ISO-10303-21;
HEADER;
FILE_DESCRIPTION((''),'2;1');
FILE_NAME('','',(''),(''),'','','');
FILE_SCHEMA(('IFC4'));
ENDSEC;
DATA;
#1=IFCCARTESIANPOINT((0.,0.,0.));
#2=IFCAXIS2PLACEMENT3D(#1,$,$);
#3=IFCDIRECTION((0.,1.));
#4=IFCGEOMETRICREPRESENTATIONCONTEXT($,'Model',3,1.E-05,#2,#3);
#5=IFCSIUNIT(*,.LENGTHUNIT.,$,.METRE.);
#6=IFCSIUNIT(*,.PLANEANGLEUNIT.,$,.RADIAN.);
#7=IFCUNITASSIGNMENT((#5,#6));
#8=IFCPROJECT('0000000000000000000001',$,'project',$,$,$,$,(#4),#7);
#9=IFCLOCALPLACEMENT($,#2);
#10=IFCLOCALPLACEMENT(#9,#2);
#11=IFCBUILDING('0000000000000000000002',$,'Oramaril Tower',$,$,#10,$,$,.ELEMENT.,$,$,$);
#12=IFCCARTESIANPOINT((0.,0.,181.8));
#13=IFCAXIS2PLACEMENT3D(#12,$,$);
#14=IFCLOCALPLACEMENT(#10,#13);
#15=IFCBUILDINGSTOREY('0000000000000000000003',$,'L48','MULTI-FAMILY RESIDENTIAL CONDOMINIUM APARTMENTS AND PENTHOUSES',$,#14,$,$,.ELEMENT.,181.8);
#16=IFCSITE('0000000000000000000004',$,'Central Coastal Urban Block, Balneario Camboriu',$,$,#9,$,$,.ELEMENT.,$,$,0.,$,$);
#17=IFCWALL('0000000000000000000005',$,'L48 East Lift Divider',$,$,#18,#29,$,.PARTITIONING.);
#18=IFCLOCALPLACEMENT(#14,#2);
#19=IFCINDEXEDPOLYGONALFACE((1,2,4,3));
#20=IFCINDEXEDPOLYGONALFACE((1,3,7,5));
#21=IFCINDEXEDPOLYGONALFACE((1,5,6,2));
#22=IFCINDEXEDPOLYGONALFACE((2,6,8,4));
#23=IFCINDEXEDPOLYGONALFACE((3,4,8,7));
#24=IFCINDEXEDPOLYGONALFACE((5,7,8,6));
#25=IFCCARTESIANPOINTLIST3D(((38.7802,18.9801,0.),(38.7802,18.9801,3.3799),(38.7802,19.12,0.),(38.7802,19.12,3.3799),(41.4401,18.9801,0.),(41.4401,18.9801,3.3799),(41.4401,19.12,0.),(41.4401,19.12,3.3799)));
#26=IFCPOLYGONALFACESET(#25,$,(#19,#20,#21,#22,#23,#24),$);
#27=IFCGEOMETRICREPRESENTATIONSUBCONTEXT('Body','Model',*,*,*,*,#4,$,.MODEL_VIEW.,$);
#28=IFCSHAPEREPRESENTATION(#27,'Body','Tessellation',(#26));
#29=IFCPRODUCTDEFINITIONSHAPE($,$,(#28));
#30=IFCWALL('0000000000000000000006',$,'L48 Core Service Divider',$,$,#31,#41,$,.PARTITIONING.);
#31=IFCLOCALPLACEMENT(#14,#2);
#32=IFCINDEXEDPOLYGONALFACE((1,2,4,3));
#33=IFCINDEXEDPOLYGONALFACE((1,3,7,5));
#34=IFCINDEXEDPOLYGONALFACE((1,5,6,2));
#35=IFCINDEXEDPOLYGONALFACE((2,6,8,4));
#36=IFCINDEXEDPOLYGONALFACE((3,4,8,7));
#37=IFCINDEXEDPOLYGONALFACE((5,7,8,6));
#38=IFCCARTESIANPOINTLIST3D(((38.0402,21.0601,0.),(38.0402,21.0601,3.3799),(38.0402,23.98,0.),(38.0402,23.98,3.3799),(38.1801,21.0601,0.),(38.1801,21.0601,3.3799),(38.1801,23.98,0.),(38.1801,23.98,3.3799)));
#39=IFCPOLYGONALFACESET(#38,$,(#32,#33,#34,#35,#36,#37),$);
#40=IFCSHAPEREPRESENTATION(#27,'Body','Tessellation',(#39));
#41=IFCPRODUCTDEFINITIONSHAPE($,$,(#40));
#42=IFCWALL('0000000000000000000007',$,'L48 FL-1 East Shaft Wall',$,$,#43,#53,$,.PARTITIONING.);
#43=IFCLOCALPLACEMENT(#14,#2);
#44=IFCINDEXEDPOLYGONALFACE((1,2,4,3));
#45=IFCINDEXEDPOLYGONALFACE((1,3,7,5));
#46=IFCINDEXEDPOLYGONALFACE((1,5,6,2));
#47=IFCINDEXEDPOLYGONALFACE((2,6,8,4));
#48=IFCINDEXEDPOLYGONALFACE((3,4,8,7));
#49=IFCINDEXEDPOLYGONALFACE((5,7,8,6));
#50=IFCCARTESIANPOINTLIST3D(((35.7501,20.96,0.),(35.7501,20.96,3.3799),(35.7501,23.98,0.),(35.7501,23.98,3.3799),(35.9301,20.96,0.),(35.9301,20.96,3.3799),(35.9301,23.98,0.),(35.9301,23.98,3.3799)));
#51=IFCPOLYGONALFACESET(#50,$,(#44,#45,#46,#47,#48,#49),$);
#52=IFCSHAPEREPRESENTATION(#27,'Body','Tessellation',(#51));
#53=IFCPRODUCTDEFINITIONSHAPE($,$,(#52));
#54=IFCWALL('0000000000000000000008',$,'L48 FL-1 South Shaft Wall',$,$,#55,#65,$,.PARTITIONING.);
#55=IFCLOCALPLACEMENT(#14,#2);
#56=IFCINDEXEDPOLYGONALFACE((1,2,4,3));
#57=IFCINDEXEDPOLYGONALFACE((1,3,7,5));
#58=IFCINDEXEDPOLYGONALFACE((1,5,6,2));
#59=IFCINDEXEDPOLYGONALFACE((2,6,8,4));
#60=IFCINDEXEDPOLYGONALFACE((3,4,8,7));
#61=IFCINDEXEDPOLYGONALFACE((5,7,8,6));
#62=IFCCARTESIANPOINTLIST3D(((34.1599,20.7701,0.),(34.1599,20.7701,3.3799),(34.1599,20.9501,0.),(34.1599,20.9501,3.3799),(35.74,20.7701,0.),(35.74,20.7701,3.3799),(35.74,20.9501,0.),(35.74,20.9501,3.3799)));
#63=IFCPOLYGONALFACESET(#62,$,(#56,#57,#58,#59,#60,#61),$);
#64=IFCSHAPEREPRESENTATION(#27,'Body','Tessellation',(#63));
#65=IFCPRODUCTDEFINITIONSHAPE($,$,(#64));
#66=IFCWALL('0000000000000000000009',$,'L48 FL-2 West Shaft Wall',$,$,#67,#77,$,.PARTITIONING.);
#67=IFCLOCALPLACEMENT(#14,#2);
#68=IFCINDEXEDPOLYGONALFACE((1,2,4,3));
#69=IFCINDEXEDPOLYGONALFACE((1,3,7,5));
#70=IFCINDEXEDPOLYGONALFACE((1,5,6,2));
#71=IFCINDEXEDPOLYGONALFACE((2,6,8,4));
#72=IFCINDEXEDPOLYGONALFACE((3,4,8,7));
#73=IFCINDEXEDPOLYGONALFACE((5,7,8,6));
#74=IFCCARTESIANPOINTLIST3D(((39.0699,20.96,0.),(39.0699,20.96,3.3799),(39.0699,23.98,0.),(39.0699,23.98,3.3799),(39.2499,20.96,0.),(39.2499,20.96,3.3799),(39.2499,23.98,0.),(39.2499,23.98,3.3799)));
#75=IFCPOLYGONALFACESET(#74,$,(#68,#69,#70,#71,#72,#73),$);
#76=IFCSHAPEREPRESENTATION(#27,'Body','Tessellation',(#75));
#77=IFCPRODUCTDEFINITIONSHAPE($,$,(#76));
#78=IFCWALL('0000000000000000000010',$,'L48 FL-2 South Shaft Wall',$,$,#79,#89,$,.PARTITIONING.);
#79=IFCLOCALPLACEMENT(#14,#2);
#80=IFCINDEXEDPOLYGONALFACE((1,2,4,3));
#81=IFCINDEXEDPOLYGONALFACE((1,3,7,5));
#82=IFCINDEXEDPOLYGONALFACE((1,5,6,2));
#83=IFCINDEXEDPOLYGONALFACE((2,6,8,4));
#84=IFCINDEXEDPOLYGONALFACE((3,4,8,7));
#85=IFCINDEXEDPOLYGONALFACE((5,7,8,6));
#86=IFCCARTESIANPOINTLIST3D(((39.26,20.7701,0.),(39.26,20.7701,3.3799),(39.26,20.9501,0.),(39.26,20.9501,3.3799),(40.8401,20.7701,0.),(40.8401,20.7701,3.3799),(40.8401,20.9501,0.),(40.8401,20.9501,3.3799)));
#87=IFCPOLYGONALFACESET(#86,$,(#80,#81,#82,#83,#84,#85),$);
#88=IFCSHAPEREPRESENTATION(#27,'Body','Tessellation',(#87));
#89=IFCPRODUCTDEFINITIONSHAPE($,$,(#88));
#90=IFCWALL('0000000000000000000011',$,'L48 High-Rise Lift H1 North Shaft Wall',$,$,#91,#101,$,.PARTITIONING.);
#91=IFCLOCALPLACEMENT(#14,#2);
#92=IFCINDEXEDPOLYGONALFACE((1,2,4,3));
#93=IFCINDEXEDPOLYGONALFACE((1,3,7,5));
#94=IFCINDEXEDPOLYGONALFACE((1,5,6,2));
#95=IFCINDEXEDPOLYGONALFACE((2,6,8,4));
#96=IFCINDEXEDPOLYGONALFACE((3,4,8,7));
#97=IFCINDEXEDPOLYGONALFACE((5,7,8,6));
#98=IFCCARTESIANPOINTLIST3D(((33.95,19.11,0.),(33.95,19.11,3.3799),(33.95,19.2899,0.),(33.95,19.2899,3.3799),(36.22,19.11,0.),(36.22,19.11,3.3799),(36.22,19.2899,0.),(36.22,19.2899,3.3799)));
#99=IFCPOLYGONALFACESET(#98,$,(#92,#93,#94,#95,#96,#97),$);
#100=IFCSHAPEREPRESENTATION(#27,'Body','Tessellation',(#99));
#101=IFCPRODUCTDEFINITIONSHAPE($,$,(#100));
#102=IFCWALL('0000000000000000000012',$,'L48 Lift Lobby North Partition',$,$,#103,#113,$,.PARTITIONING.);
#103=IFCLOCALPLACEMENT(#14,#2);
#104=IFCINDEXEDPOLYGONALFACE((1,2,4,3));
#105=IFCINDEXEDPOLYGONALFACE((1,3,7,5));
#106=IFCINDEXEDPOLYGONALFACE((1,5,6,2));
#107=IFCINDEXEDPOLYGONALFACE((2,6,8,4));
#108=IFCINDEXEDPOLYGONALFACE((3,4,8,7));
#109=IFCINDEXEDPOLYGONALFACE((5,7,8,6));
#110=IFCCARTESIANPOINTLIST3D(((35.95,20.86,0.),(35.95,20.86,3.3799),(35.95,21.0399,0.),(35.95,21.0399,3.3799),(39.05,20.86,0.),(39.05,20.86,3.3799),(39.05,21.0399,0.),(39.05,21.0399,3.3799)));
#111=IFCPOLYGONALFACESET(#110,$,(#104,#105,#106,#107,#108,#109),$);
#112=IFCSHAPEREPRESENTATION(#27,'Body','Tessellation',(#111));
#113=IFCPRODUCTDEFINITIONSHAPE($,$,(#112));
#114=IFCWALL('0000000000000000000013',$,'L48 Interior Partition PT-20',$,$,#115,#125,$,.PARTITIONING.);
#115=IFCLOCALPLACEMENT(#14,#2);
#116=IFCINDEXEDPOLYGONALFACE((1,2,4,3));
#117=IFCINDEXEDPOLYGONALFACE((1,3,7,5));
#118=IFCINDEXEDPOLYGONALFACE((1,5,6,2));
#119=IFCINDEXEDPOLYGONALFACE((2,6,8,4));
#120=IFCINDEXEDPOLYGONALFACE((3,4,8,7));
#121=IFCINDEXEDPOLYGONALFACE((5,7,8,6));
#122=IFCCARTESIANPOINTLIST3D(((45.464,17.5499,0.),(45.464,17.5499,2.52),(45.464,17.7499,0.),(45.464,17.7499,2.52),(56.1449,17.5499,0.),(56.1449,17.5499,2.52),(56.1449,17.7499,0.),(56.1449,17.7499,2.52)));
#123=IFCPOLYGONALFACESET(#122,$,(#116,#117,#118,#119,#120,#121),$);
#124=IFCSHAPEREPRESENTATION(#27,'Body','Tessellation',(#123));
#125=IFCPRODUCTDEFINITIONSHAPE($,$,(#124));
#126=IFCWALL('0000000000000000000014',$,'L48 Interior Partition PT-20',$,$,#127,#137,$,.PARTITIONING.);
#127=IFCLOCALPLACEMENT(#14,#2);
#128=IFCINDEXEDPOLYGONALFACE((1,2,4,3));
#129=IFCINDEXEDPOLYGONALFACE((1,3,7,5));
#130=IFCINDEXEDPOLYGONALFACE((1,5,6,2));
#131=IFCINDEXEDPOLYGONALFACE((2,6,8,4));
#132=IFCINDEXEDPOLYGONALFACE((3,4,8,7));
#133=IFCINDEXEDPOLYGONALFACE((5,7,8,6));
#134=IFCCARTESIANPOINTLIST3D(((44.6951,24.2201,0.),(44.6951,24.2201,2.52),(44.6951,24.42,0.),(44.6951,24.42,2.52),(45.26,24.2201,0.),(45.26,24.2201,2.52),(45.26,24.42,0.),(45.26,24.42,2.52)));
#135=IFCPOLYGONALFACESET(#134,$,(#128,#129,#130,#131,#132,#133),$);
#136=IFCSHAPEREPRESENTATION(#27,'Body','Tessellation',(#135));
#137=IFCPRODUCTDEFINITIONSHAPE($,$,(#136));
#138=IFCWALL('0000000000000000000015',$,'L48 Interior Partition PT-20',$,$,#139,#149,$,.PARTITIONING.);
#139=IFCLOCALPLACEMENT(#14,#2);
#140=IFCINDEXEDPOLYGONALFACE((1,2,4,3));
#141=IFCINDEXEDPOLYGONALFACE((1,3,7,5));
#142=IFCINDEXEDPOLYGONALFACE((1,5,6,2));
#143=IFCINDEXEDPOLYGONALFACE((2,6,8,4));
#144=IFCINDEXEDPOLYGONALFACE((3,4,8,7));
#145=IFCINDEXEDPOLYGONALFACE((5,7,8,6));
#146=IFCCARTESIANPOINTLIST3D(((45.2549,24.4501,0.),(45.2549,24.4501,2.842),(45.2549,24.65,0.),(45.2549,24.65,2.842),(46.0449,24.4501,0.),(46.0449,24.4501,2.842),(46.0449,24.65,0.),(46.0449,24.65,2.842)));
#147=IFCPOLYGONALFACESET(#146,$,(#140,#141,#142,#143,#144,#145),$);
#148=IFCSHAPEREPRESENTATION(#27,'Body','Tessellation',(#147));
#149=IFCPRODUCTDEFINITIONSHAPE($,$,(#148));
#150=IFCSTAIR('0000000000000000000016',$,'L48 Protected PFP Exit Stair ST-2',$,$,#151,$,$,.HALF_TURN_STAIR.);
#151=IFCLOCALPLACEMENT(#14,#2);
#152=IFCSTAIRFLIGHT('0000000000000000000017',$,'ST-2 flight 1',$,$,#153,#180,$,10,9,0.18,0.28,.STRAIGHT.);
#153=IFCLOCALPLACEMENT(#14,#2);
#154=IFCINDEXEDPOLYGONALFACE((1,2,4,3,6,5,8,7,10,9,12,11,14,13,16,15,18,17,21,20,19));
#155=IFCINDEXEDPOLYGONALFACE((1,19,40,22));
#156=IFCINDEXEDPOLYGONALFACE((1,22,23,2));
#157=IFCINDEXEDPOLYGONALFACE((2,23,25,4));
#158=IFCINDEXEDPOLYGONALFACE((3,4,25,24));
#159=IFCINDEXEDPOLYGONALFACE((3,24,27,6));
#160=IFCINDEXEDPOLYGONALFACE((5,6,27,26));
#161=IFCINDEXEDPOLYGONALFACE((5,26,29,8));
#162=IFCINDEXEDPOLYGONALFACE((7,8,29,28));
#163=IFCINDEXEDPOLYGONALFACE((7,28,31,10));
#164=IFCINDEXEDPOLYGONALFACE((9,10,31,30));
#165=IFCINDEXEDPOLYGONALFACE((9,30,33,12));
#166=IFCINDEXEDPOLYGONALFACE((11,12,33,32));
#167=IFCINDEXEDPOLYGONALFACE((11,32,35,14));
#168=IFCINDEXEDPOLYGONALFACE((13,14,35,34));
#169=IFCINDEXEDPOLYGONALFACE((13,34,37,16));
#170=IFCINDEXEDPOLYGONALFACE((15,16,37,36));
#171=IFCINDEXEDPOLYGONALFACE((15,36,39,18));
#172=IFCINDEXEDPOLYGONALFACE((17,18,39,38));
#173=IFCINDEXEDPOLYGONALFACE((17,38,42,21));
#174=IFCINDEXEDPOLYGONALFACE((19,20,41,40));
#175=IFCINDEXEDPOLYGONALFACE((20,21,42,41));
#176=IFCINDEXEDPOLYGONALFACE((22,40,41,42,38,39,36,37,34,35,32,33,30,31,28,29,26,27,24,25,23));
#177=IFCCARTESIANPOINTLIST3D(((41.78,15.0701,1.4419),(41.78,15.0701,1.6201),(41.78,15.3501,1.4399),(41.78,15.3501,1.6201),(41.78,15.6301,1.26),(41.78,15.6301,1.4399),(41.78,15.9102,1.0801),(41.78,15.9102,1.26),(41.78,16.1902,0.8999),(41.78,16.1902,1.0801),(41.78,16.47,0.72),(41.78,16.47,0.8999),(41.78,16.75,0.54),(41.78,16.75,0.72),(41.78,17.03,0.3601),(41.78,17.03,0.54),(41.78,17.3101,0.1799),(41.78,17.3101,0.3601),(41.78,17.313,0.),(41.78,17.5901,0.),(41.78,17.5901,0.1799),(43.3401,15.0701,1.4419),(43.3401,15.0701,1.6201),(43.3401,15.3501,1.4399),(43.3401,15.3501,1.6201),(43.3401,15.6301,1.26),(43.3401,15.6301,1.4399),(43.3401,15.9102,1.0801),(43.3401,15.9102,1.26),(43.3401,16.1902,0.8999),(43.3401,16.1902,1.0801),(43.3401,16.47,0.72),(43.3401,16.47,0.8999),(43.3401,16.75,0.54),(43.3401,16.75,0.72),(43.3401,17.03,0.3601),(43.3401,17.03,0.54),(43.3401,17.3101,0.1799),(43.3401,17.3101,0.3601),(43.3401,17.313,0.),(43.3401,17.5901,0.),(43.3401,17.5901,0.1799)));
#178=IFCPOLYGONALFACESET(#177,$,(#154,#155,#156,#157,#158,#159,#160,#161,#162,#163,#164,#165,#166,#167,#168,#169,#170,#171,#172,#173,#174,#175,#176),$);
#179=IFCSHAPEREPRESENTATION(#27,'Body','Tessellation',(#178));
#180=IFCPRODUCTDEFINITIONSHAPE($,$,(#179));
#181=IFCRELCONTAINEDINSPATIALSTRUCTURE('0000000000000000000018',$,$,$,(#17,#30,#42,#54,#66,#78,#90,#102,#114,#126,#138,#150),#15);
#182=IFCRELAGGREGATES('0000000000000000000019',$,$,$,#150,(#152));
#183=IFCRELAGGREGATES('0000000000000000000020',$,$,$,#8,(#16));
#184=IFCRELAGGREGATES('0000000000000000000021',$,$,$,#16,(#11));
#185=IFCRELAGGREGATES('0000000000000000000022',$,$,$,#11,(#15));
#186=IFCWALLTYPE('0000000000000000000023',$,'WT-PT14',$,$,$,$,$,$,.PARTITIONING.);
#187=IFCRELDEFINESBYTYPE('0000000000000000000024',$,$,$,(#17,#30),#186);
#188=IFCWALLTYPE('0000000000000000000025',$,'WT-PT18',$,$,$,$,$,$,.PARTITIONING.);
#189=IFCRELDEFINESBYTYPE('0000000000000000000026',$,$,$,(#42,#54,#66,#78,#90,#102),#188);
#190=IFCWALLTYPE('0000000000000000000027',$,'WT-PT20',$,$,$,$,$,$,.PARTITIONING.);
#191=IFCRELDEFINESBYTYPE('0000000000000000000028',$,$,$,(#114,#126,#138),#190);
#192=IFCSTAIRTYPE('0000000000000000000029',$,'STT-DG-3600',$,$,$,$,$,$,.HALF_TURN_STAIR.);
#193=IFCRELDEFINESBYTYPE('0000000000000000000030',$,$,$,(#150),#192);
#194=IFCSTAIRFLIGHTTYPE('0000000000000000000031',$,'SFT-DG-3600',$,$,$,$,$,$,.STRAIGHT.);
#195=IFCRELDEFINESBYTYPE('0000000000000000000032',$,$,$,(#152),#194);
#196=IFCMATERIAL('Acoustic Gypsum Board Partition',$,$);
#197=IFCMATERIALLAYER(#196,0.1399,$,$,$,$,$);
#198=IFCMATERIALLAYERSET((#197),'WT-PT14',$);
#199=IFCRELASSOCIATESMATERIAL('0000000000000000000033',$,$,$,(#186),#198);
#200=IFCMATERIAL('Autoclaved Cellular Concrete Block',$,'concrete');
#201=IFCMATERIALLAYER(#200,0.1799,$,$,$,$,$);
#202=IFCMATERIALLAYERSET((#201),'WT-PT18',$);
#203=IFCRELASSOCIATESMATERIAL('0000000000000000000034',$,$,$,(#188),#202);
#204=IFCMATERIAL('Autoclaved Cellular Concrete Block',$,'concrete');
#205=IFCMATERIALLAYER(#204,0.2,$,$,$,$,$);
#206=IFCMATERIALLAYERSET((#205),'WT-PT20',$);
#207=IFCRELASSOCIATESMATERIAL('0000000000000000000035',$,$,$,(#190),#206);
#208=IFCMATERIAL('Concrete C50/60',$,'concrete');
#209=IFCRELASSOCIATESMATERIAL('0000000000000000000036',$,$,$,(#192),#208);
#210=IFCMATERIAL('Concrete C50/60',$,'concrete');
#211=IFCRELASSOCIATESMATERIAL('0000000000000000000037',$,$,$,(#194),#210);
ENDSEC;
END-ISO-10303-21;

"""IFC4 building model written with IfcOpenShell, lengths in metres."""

from ifc_helpers import new_model, si_unit, direction, frame, frame_2d, origin, place, context, subcontext, project, spatial, polyline, rectangle, outline, extrude, material, layer, layer_set, type_object, element, aggregate, save


model = new_model("IFC4")

# Units and contexts
model_context = context("Model", 3, precision=1e-05, world=origin(), true_north=direction((0.0, 1.0)))
body_context = subcontext(model_context, "Body", "Model", "MODEL_VIEW")
ifc_project = project(units=[si_unit("LENGTHUNIT", "METRE"), si_unit("PLANEANGLEUNIT", "RADIAN")], contexts=[model_context])

# Site, building, storey
site_placement = place(None, origin())
site = spatial("IfcSite", under=ifc_project, at=site_placement, Name="Central Coastal Urban Block, Balneario Camboriu", CompositionType="ELEMENT", RefElevation=0.0)
building_placement = place(site_placement, origin())
building = spatial("IfcBuilding", under=site, at=building_placement, Name="Oramaril Tower", CompositionType="ELEMENT")
storey_placement = place(building_placement, frame((0.0, 0.0, 181.8)))
storey = spatial("IfcBuildingStorey", under=building, at=storey_placement, Name="L48", Description="MULTI-FAMILY RESIDENTIAL CONDOMINIUM APARTMENTS AND PENTHOUSES", CompositionType="ELEMENT", Elevation=181.8)

# Walls
ifc_material_1 = material(Name="Acoustic Gypsum Board Partition")
ifc_layer_1 = layer(ifc_material_1, 0.1399)
ifc_layer_set_1 = layer_set([ifc_layer_1], Name="WT-PT14")
wall_type_1 = type_object("IfcWallType", Name="WT-PT14", PredefinedType="PARTITIONING", material=ifc_layer_set_1)
wall_1_placement = place(storey_placement, frame((38.78, 19.05, 0.0), z_axis=(0.0, 0.0, 1.0), x_axis=(1.0, 0.0, 0.0)))
element("IfcWall", 1, at=wall_1_placement, inside=storey, type_object=wall_type_1, Name="L48 East Lift Divider", PredefinedType="PARTITIONING", context=body_context, shape_type="SweptSolid", body=[
    extrude(rectangle(XDim=2.6599, YDim=0.1399, at=frame_2d((1.3301, 0.0))), origin(), (0.0, 0.0, 1.0), 3.3799),
])
wall_2_placement = place(storey_placement, frame((38.1101, 21.0601, 0.0), z_axis=(0.0, 0.0, 1.0), x_axis=(0.0, 1.0, 0.0)))
element("IfcWall", 2, at=wall_2_placement, inside=storey, type_object=wall_type_1, Name="L48 Core Service Divider", PredefinedType="PARTITIONING", context=body_context, shape_type="SweptSolid", body=[
    extrude(rectangle(XDim=2.9199, YDim=0.1399, at=frame_2d((1.46, 0.0))), origin(), (0.0, 0.0, 1.0), 3.3799),
])

# Walls
ifc_material_2 = material(Name="Autoclaved Cellular Concrete Block", Category="concrete")
ifc_layer_2 = layer(ifc_material_2, 0.1799)
ifc_layer_set_2 = layer_set([ifc_layer_2], Name="WT-PT18")
wall_type_2 = type_object("IfcWallType", Name="WT-PT18", PredefinedType="PARTITIONING", material=ifc_layer_set_2)
wall_3_placement = place(storey_placement, frame((35.8401, 20.96, 0.0), z_axis=(0.0, 0.0, 1.0), x_axis=(0.0, 1.0, 0.0)))
element("IfcWall", 3, at=wall_3_placement, inside=storey, type_object=wall_type_2, Name="L48 FL-1 East Shaft Wall", PredefinedType="PARTITIONING", context=body_context, shape_type="SweptSolid", body=[
    extrude(rectangle(XDim=3.02, YDim=0.1799, at=frame_2d((1.51, 0.0))), origin(), (0.0, 0.0, 1.0), 3.3799),
])
wall_4_placement = place(storey_placement, frame((34.1599, 20.8601, 0.0), z_axis=(0.0, 0.0, 1.0), x_axis=(1.0, 0.0, 0.0)))
element("IfcWall", 4, at=wall_4_placement, inside=storey, type_object=wall_type_2, Name="L48 FL-1 South Shaft Wall", PredefinedType="PARTITIONING", context=body_context, shape_type="SweptSolid", body=[
    extrude(rectangle(XDim=1.5801, YDim=0.1799, at=frame_2d((0.79, 0.0))), origin(), (0.0, 0.0, 1.0), 3.3799),
])
wall_5_placement = place(storey_placement, frame((39.1599, 20.96, 0.0), z_axis=(0.0, 0.0, 1.0), x_axis=(0.0, 1.0, 0.0)))
element("IfcWall", 5, at=wall_5_placement, inside=storey, type_object=wall_type_2, Name="L48 FL-2 West Shaft Wall", PredefinedType="PARTITIONING", context=body_context, shape_type="SweptSolid", body=[
    extrude(rectangle(XDim=3.02, YDim=0.1799, at=frame_2d((1.51, 0.0))), origin(), (0.0, 0.0, 1.0), 3.3799),
])
wall_6_placement = place(storey_placement, frame((39.26, 20.8601, 0.0), z_axis=(0.0, 0.0, 1.0), x_axis=(1.0, 0.0, 0.0)))
element("IfcWall", 6, at=wall_6_placement, inside=storey, type_object=wall_type_2, Name="L48 FL-2 South Shaft Wall", PredefinedType="PARTITIONING", context=body_context, shape_type="SweptSolid", body=[
    extrude(rectangle(XDim=1.5801, YDim=0.1799, at=frame_2d((0.79, 0.0))), origin(), (0.0, 0.0, 1.0), 3.3799),
])
wall_7_placement = place(storey_placement, frame((33.95, 19.2, 0.0), z_axis=(0.0, 0.0, 1.0), x_axis=(1.0, 0.0, 0.0)))
element("IfcWall", 7, at=wall_7_placement, inside=storey, type_object=wall_type_2, Name="L48 High-Rise Lift H1 North Shaft Wall", PredefinedType="PARTITIONING", context=body_context, shape_type="SweptSolid", body=[
    extrude(rectangle(XDim=2.27, YDim=0.1799, at=frame_2d((1.135, 0.0))), origin(), (0.0, 0.0, 1.0), 3.3799),
])
wall_8_placement = place(storey_placement, frame((35.95, 20.95, 0.0), z_axis=(0.0, 0.0, 1.0), x_axis=(1.0, 0.0, 0.0)))
element("IfcWall", 8, at=wall_8_placement, inside=storey, type_object=wall_type_2, Name="L48 Lift Lobby North Partition", PredefinedType="PARTITIONING", context=body_context, shape_type="SweptSolid", body=[
    extrude(rectangle(XDim=3.1001, YDim=0.1799, at=frame_2d((1.55, 0.0))), origin(), (0.0, 0.0, 1.0), 3.3799),
])
ifc_material_3 = material(Name="Autoclaved Cellular Concrete Block", Category="concrete")
ifc_layer_3 = layer(ifc_material_3, 0.2)
ifc_layer_set_3 = layer_set([ifc_layer_3], Name="WT-PT20")
wall_type_3 = type_object("IfcWallType", Name="WT-PT20", PredefinedType="PARTITIONING", material=ifc_layer_set_3)
wall_9_placement = place(storey_placement, frame((45.4641, 17.6499, 0.0), z_axis=(0.0, 0.0, 1.0), x_axis=(1.0, 0.0, 0.0)))
element("IfcWall", 9, at=wall_9_placement, inside=storey, type_object=wall_type_3, Name="L48 Interior Partition PT-20", PredefinedType="PARTITIONING", context=body_context, shape_type="SweptSolid", body=[
    extrude(rectangle(XDim=10.6809, YDim=0.2, at=frame_2d((5.3403, 0.0))), origin(), (0.0, 0.0, 1.0), 2.52),
])
wall_10_placement = place(storey_placement, frame((44.6951, 24.3201, 0.0), z_axis=(0.0, 0.0, 1.0), x_axis=(1.0, 0.0, 0.0)))
element("IfcWall", 10, at=wall_10_placement, inside=storey, type_object=wall_type_3, Name="L48 Interior Partition PT-20", PredefinedType="PARTITIONING", context=body_context, shape_type="SweptSolid", body=[
    extrude(rectangle(XDim=0.5649, YDim=0.2, at=frame_2d((0.2825, 0.0))), origin(), (0.0, 0.0, 1.0), 2.52),
])
wall_11_placement = place(storey_placement, frame((45.2549, 24.55, 0.0), z_axis=(0.0, 0.0, 1.0), x_axis=(1.0, 0.0, 0.0)))
element("IfcWall", 11, at=wall_11_placement, inside=storey, type_object=wall_type_3, Name="L48 Interior Partition PT-20", PredefinedType="PARTITIONING", context=body_context, shape_type="SweptSolid", body=[
    extrude(rectangle(XDim=0.79, YDim=0.2, at=frame_2d((0.395, 0.0))), origin(), (0.0, 0.0, 1.0), 2.842),
])

# Stair, stair flight
ifc_material_4 = material(Name="Concrete C50/60", Category="concrete")
stair_type = type_object("IfcStairType", Name="STT-DG-3600", PredefinedType="HALF_TURN_STAIR", material=ifc_material_4)
stair_placement = place(storey_placement, origin())
stair = element("IfcStair", 12, at=stair_placement, inside=storey, type_object=stair_type, Name="L48 Protected PFP Exit Stair ST-2", PredefinedType="HALF_TURN_STAIR")
ifc_material_5 = material(Name="Concrete C50/60", Category="concrete")
stair_flight_type = type_object("IfcStairFlightType", Name="SFT-DG-3600", PredefinedType="STRAIGHT", material=ifc_material_5)
stair_flight_placement = place(storey_placement, frame((42.5601, 17.5901, 0.0), z_axis=(0.0, 0.0, 1.0), x_axis=(0.0, -1.0, 0.0)))
stair_flight = element("IfcStairFlight", 13, at=stair_flight_placement, type_object=stair_flight_type, Name="ST-2 flight 1", NumberOfRisers=10, NumberOfTreads=9, PredefinedType="STRAIGHT", RiserHeight=0.18, TreadLength=0.28, context=body_context, shape_type="SweptSolid", body=[
    extrude(outline(polyline([(0.0, 0.0), (0.0, 0.1799), (0.28, 0.1799), (0.28, 0.3601), (0.5601, 0.3601), (0.5601, 0.54), (0.8401, 0.54), (0.8401, 0.72), (1.1201, 0.72), (1.1201, 0.8999), (1.3999, 0.8999), (1.3999, 1.0801), (1.6799, 1.0801), (1.6799, 1.26), (1.96, 1.26), (1.96, 1.4399), (2.24, 1.4399), (2.24, 1.6201), (2.52, 1.6201), (2.52, 1.8), (2.52, 1.4419), (0.2771, 0.0), (0.0, 0.0)])), frame((0.0, 0.78, 0.0), z_axis=(0.0, -1.0, 0.0), x_axis=(1.0, 0.0, 0.0)), (0.0, 0.0, 1.0), 1.5601),
])
aggregate(stair, [stair_flight])

save(model, "model.ifc")
